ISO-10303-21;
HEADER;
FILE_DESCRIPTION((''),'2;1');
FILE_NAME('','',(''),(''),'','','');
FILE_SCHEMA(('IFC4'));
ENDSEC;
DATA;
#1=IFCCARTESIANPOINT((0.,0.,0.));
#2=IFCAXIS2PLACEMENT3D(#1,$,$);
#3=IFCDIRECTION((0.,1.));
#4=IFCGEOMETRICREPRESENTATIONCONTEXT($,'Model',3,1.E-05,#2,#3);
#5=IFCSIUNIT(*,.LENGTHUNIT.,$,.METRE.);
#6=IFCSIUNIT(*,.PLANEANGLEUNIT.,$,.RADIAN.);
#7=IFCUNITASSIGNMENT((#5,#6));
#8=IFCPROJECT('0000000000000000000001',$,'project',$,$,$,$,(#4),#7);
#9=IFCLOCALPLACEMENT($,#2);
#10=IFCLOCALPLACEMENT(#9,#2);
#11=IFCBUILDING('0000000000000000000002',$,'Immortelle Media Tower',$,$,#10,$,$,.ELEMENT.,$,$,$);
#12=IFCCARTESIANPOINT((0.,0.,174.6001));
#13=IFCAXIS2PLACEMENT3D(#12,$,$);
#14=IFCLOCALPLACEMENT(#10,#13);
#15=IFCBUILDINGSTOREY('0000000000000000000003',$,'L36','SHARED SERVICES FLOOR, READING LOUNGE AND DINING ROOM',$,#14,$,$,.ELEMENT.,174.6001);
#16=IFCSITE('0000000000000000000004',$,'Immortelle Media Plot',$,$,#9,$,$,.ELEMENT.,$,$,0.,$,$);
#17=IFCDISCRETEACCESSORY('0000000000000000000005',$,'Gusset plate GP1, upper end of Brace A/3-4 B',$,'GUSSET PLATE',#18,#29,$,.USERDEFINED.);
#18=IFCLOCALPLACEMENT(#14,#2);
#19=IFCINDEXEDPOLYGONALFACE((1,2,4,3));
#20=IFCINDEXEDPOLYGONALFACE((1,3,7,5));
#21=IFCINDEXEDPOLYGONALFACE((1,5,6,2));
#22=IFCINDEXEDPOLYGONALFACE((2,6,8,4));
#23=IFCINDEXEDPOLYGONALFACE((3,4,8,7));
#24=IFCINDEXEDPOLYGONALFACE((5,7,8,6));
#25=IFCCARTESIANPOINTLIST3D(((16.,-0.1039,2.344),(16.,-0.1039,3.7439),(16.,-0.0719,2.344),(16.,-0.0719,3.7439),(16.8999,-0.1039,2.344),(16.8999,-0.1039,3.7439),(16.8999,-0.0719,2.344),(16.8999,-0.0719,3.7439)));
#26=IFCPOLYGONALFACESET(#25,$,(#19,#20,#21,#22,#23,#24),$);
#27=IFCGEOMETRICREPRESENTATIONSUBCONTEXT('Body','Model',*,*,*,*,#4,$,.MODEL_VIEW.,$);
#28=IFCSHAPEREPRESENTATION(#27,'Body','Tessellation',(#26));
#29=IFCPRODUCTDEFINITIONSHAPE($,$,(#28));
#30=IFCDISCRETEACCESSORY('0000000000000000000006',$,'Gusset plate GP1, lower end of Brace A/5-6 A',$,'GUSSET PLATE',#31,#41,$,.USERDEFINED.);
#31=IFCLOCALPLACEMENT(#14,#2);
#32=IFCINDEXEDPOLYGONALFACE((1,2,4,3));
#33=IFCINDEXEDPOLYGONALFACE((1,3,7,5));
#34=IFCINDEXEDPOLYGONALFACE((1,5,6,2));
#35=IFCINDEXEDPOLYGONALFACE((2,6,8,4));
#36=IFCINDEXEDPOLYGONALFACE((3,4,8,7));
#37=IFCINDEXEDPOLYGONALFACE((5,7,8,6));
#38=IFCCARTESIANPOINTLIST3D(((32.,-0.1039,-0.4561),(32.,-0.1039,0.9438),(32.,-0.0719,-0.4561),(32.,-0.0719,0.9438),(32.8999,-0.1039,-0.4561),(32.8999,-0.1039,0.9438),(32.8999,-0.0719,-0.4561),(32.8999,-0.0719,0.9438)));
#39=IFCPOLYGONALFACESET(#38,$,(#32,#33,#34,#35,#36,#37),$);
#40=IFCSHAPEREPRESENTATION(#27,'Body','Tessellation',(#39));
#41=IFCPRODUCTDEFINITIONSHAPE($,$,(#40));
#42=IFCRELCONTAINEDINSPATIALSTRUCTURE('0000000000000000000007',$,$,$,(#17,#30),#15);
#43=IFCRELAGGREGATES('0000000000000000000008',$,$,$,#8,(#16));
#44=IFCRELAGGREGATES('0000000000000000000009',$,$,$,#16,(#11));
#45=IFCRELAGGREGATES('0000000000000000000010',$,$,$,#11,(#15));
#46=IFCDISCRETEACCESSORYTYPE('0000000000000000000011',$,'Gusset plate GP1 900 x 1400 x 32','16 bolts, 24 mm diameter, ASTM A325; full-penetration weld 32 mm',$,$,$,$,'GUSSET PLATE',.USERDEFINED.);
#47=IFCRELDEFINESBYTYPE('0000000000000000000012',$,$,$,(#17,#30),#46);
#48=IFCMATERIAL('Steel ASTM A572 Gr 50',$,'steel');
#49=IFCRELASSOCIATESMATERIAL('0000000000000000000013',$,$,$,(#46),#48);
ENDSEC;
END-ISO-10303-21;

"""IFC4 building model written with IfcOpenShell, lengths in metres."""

from ifc_helpers import new_model, si_unit, direction, frame, origin, origin_2d, place, context, subcontext, project, spatial, rectangle, extrude, material, material_profile, profile_set, type_object, element, save


model = new_model("IFC4")

# Units and contexts
model_context = context("Model", 3, precision=1e-05, world=origin(), true_north=direction((0.0, 1.0)))
body_context = subcontext(model_context, "Body", "Model", "MODEL_VIEW")
ifc_project = project(units=[si_unit("LENGTHUNIT", "METRE"), si_unit("PLANEANGLEUNIT", "RADIAN")], contexts=[model_context])

# Site, building, storey
site_placement = place(None, origin())
site = spatial("IfcSite", under=ifc_project, at=site_placement, Name="Immortelle Media Plot", CompositionType="ELEMENT", RefElevation=0.0)
building_placement = place(site_placement, origin())
building = spatial("IfcBuilding", under=site, at=building_placement, Name="Immortelle Media Tower", CompositionType="ELEMENT")
storey_placement = place(building_placement, frame((0.0, 0.0, 174.6001)))
storey = spatial("IfcBuildingStorey", under=building, at=storey_placement, Name="L36", Description="SHARED SERVICES FLOOR, READING LOUNGE AND DINING ROOM", CompositionType="ELEMENT", Elevation=174.6001)

# Discrete accessories
ifc_material_1 = material(Name="Steel ASTM A572 Gr 50", Category="steel")
ifc_material_profile_1 = material_profile(ifc_material_1, rectangle(XDim=0.032, YDim=1.3999, at=origin_2d()), Name="PL 32 x 1400")
ifc_profile_set_1 = profile_set([ifc_material_profile_1], Name="Steel ASTM A572 Gr 50")
discrete_accessory_type_1 = type_object("IfcDiscreteAccessoryType", Name="Gusset plate GP1 900 x 1400 x 32", Description="16 bolts, 24 mm diameter, ASTM A325; full-penetration weld 32 mm", ElementType="GUSSET PLATE", PredefinedType="USERDEFINED", material=ifc_profile_set_1)
for number, where, z_axis, x_axis, name in (
    (1, (16.0, -0.0879, 3.0439), (1.0, 0.0, 0.0), (0.0, 1.0, 0.0), "Gusset plate GP1, upper end of Brace A/3-4 B"),
    (2, (32.0, -0.0879, 0.2439), (1.0, 0.0, 0.0), (0.0, 1.0, 0.0), "Gusset plate GP1, lower end of Brace A/5-6 A"),
):
    element("IfcDiscreteAccessory", number, at=place(storey_placement, frame(where, z_axis=z_axis, x_axis=x_axis)), inside=storey, type_object=discrete_accessory_type_1, Name=name, ObjectType="GUSSET PLATE", PredefinedType="USERDEFINED", context=body_context, shape_type="SweptSolid", body=[
        extrude(rectangle(XDim=0.032, YDim=1.3999, at=origin_2d()), origin(), (0.0, 0.0, 1.0), 0.8999),
    ])

save(model, "model.ifc")
